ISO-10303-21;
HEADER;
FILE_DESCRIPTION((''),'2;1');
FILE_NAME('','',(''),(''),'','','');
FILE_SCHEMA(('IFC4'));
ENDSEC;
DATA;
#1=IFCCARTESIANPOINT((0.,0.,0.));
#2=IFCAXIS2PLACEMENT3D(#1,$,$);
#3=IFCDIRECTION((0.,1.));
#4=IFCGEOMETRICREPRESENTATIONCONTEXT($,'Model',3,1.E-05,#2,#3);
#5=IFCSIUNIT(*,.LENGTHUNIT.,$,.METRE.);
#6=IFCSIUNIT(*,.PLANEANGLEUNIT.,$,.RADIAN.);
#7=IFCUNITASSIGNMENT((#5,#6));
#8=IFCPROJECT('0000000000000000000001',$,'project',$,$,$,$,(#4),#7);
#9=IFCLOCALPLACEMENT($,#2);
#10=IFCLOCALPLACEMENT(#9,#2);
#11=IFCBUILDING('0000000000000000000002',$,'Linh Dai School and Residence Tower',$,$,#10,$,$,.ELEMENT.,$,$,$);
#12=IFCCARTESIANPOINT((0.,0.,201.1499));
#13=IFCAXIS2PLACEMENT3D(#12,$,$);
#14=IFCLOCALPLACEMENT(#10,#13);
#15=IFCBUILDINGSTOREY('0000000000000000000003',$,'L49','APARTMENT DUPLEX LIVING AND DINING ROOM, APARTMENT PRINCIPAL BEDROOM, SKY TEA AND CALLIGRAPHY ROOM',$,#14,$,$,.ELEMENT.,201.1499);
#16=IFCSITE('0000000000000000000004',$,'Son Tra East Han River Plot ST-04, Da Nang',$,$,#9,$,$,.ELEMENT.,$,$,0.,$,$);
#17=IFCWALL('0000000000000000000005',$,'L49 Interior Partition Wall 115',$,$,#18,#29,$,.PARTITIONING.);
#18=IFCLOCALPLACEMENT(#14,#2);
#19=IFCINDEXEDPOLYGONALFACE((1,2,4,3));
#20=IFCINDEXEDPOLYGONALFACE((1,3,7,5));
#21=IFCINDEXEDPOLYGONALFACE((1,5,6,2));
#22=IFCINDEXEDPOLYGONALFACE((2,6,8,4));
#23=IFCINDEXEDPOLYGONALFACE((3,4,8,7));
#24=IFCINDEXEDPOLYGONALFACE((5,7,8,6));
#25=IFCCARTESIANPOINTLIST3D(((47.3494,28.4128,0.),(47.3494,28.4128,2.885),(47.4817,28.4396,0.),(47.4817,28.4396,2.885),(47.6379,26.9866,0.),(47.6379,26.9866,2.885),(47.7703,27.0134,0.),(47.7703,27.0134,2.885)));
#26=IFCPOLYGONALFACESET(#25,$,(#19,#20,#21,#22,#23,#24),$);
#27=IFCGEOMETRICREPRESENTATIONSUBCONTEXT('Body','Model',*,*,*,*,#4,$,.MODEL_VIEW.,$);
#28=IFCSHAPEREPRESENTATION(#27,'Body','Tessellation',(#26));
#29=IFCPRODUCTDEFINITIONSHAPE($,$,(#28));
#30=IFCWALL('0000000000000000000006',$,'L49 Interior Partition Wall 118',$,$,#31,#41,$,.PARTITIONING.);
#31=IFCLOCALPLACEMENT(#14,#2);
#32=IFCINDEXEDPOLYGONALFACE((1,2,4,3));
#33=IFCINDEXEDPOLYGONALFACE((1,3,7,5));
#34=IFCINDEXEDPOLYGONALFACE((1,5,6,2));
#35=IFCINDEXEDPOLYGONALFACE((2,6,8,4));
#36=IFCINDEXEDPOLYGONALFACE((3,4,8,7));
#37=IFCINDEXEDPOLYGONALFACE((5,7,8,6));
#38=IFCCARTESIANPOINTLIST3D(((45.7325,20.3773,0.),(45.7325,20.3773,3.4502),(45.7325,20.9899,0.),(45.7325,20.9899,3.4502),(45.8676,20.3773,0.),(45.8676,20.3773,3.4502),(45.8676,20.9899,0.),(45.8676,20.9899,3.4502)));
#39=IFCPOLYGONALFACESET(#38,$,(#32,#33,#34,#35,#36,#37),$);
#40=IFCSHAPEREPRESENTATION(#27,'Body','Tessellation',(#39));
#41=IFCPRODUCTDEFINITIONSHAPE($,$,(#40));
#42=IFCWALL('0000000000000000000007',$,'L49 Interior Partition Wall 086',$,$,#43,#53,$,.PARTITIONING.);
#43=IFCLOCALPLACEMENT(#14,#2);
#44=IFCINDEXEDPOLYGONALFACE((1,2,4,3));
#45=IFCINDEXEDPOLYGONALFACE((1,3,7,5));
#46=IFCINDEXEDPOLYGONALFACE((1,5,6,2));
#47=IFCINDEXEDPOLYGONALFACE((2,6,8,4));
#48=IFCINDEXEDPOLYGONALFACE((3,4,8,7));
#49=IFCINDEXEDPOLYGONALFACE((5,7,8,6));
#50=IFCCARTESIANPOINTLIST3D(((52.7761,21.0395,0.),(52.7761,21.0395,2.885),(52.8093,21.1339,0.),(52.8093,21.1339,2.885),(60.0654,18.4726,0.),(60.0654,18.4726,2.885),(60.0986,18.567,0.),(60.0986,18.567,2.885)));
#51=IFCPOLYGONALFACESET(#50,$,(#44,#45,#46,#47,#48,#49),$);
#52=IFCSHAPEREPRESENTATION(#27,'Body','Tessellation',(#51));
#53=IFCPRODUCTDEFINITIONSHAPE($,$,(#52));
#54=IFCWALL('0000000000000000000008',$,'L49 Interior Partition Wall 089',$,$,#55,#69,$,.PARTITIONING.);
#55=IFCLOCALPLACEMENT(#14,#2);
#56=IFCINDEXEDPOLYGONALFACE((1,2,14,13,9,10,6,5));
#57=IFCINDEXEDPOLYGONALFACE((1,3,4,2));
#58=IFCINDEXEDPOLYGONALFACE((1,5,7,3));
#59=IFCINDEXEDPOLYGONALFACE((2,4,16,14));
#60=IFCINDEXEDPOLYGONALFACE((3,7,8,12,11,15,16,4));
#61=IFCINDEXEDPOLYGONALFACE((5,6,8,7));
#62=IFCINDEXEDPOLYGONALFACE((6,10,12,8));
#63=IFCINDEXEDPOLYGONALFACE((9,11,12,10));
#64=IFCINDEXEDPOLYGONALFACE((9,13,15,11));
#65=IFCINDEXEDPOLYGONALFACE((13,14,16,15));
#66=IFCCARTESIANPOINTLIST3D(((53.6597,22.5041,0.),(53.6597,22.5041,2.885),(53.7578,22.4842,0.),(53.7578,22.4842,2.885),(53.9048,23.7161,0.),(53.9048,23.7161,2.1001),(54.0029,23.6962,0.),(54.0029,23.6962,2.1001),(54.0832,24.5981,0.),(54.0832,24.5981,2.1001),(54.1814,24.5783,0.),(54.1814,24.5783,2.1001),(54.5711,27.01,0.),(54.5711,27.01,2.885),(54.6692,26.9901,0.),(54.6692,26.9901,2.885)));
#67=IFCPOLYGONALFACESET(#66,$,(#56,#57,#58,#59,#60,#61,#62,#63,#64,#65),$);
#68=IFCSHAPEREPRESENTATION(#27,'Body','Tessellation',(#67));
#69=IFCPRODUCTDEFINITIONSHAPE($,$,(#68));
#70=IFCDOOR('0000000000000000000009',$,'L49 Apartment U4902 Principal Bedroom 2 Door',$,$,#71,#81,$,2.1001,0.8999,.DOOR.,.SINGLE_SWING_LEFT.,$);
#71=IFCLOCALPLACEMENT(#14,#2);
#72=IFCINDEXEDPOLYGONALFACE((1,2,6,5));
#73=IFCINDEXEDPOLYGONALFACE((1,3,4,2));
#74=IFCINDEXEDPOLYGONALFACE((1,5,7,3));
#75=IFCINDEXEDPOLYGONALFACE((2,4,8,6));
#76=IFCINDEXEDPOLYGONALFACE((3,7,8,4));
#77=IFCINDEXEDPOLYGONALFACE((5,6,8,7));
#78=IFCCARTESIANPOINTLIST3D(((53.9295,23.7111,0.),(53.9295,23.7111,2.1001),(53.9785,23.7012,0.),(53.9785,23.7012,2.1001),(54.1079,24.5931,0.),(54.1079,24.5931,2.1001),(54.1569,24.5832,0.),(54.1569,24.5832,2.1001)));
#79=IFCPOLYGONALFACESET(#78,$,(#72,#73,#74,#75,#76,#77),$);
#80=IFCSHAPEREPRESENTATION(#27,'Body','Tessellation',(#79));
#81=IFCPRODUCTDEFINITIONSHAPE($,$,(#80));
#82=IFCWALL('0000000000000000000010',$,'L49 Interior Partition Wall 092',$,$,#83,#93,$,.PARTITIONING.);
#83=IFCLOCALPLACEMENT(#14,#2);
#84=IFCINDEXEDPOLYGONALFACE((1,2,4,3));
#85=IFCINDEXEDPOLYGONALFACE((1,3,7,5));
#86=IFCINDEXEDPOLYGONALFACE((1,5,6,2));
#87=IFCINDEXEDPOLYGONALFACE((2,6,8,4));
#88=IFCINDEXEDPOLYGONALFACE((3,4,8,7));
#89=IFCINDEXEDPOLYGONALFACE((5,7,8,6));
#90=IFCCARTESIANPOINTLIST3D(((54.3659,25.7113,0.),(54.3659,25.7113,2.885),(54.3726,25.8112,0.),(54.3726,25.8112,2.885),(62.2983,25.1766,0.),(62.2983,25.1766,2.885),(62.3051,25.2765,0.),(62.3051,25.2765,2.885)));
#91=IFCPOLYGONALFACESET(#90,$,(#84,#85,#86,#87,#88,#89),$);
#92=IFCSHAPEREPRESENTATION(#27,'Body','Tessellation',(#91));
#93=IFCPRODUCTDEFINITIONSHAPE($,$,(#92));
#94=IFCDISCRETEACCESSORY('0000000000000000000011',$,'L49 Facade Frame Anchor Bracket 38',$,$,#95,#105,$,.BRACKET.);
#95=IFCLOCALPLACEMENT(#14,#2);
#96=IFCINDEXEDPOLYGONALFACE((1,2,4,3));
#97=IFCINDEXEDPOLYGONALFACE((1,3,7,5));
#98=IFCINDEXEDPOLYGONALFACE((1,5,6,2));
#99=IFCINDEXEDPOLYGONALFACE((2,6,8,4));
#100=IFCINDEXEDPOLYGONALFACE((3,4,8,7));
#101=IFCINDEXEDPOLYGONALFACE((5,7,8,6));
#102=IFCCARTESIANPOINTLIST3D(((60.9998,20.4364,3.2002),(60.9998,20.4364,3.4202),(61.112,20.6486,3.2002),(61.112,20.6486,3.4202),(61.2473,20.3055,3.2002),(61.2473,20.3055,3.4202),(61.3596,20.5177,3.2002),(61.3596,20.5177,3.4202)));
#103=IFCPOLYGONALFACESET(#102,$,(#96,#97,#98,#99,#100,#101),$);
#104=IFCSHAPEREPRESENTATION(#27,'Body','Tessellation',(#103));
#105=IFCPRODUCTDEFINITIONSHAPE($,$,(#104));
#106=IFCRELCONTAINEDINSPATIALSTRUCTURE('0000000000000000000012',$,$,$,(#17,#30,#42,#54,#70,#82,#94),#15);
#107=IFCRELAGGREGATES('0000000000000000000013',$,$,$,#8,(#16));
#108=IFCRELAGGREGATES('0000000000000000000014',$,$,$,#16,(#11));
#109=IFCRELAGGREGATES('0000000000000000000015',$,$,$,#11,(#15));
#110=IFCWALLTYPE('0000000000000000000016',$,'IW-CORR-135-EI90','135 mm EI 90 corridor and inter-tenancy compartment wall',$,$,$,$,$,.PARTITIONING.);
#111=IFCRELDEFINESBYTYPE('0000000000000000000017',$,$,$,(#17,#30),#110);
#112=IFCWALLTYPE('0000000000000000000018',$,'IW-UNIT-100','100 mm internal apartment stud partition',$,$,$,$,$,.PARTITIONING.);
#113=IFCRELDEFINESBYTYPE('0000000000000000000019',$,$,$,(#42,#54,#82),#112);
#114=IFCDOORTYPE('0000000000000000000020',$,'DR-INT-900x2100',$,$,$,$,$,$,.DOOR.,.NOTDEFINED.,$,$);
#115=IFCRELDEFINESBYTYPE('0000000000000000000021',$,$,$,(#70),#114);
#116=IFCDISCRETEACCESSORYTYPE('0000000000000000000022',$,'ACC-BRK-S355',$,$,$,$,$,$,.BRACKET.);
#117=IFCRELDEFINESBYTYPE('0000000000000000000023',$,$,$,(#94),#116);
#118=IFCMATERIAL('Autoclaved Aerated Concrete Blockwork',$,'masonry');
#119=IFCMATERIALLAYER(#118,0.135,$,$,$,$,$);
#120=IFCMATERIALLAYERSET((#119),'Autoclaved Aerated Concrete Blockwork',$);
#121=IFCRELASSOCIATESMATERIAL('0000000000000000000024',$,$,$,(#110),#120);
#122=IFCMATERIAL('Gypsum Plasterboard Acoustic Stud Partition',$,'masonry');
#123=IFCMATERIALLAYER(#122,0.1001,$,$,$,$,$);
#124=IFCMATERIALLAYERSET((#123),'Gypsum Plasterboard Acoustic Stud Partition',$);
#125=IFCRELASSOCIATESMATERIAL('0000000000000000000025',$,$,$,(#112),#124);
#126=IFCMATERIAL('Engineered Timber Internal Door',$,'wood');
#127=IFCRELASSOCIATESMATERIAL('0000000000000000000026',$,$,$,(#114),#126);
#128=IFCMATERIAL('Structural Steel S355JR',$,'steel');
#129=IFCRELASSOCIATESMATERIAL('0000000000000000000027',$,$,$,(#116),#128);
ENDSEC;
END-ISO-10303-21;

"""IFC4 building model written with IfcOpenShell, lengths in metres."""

from ifc_helpers import new_model, si_unit, direction, frame, frame_2d, origin, origin_2d, place, context, subcontext, project, spatial, rectangle, extrude, source, transform, mapped, material, layer, layer_set, type_object, element, fill, save


model = new_model("IFC4")

# Units and contexts
model_context = context("Model", 3, precision=1e-05, world=origin(), true_north=direction((0.0, 1.0)))
body_context = subcontext(model_context, "Body", "Model", "MODEL_VIEW")
ifc_project = project(units=[si_unit("LENGTHUNIT", "METRE"), si_unit("PLANEANGLEUNIT", "RADIAN")], contexts=[model_context])

# Site, building, storey
site_placement = place(None, origin())
site = spatial("IfcSite", under=ifc_project, at=site_placement, Name="Son Tra East Han River Plot ST-04, Da Nang", CompositionType="ELEMENT", RefElevation=0.0)
building_placement = place(site_placement, origin())
building = spatial("IfcBuilding", under=site, at=building_placement, Name="Linh Dai School and Residence Tower", CompositionType="ELEMENT")
storey_placement = place(building_placement, frame((0.0, 0.0, 201.1499)))
storey = spatial("IfcBuildingStorey", under=building, at=storey_placement, Name="L49", Description="APARTMENT DUPLEX LIVING AND DINING ROOM, APARTMENT PRINCIPAL BEDROOM, SKY TEA AND CALLIGRAPHY ROOM", CompositionType="ELEMENT", Elevation=201.1499)

# Shared definitions
ifc_material_1 = material(Name="Structural Steel S355JR", Category="steel")

# Walls
ifc_material_2 = material(Name="Autoclaved Aerated Concrete Blockwork", Category="masonry")
ifc_layer_1 = layer(ifc_material_2, 0.135)
ifc_layer_set_1 = layer_set([ifc_layer_1], Name="Autoclaved Aerated Concrete Blockwork")
wall_type_1 = type_object("IfcWallType", Name="IW-CORR-135-EI90", Description="135 mm EI 90 corridor and inter-tenancy compartment wall", PredefinedType="PARTITIONING", material=ifc_layer_set_1)
wall_1_placement = place(storey_placement, frame((47.7041, 27.0, 0.0), z_axis=(0.0, 0.0, 1.0), x_axis=(-0.19831, 0.980139, 0.0)))
element("IfcWall", 1, at=wall_1_placement, inside=storey, type_object=wall_type_1, Name="L49 Interior Partition Wall 115", PredefinedType="PARTITIONING", context=body_context, shape_type="SweptSolid", body=[
    extrude(rectangle(XDim=1.4551, YDim=0.135, at=frame_2d((0.7275, 0.0))), origin(), (0.0, 0.0, 1.0), 2.885),
])
wall_2_placement = place(storey_placement, frame((45.8, 20.3774, 0.0), z_axis=(0.0, 0.0, 1.0), x_axis=(0.0, 1.0, 0.0)))
element("IfcWall", 2, at=wall_2_placement, inside=storey, type_object=wall_type_1, Name="L49 Interior Partition Wall 118", PredefinedType="PARTITIONING", context=body_context, shape_type="SweptSolid", body=[
    extrude(rectangle(XDim=0.6125, YDim=0.135, at=frame_2d((0.3062, 0.0))), origin(), (0.0, 0.0, 1.0), 3.4502),
])
ifc_material_3 = material(Name="Gypsum Plasterboard Acoustic Stud Partition", Category="masonry")
ifc_layer_2 = layer(ifc_material_3, 0.1001)
ifc_layer_set_2 = layer_set([ifc_layer_2], Name="Gypsum Plasterboard Acoustic Stud Partition")
wall_type_2 = type_object("IfcWallType", Name="IW-UNIT-100", Description="100 mm internal apartment stud partition", PredefinedType="PARTITIONING", material=ifc_layer_set_2)
wall_3_placement = place(storey_placement, frame((52.7927, 21.0867, 0.0), z_axis=(0.0, 0.0, 1.0), x_axis=(0.943226, -0.332152, 0.0)))
element("IfcWall", 3, at=wall_3_placement, inside=storey, type_object=wall_type_2, Name="L49 Interior Partition Wall 086", PredefinedType="PARTITIONING", context=body_context, shape_type="SweptSolid", body=[
    extrude(rectangle(XDim=7.728, YDim=0.1001, at=frame_2d((3.864, 0.0))), origin(), (0.0, 0.0, 1.0), 2.885),
])

# Wall, opening, door
wall_4_placement = place(storey_placement, frame((53.7087, 22.4941, 0.0), z_axis=(0.0, 0.0, 1.0), x_axis=(0.19825, 0.980151, 0.0)))
wall_4 = element("IfcWall", 4, at=wall_4_placement, inside=storey, type_object=wall_type_2, Name="L49 Interior Partition Wall 089", PredefinedType="PARTITIONING", context=body_context, shape_type="SweptSolid", body=[
    extrude(rectangle(XDim=4.5972, YDim=0.1001, at=frame_2d((2.2986, 0.0))), origin(), (0.0, 0.0, 1.0), 2.885),
])
opening_1_placement = place(wall_4_placement, frame((1.2366, 0.0, 0.0)))
opening_1 = element("IfcOpeningElement", 5, at=opening_1_placement, cuts=wall_4, PredefinedType="OPENING", context=body_context, shape_type="SweptSolid", body=[
    extrude(rectangle(XDim=0.8999, YDim=2.1001, at=origin_2d()), frame((0.45, 0.0601, 1.05), z_axis=(0.0, -1.0, 0.0), x_axis=(1.0, 0.0, 0.0)), (0.0, 0.0, 1.0), 0.1201),
])
ifc_material_4 = material(Name="Engineered Timber Internal Door", Category="wood")
door_type_1 = type_object("IfcDoorType", Name="DR-INT-900x2100", OperationType="NOTDEFINED", PredefinedType="DOOR", material=ifc_material_4)
shared_shape_1 = source(origin(), body_context, "Body", "SweptSolid", [
    extrude(rectangle(XDim=0.8999, YDim=2.1001, at=origin_2d()), frame((0.45, 0.0249, 1.05), z_axis=(0.0, -1.0, 0.0), x_axis=(1.0, 0.0, 0.0)), (0.0, 0.0, 1.0), 0.05),
])
door_1_placement = place(opening_1_placement, origin())
door_1 = element("IfcDoor", 6, at=door_1_placement, inside=storey, type_object=door_type_1, Name="L49 Apartment U4902 Principal Bedroom 2 Door", OperationType="SINGLE_SWING_LEFT", OverallHeight=2.1001, OverallWidth=0.8999, PredefinedType="DOOR", context=body_context, shape_type="MappedRepresentation", body=[
    mapped(shared_shape_1, transform((0.0, 0.0, 0.0), x_axis=(1.0, 0.0, 0.0), y_axis=(0.0, 1.0, 0.0), z_axis=(0.0, 0.0, 1.0), scale=1.0)),
])
fill(opening_1, door_1)

# Wall
wall_5_placement = place(storey_placement, frame((54.3694, 25.7612, 0.0), z_axis=(0.0, 0.0, 1.0), x_axis=(0.997736, -0.067251, 0.0)))
element("IfcWall", 7, at=wall_5_placement, inside=storey, type_object=wall_type_2, Name="L49 Interior Partition Wall 092", PredefinedType="PARTITIONING", context=body_context, shape_type="SweptSolid", body=[
    extrude(rectangle(XDim=7.9504, YDim=0.1001, at=frame_2d((3.9751, 0.0))), origin(), (0.0, 0.0, 1.0), 2.885),
])

# Discrete accessory
discrete_accessory_type = type_object("IfcDiscreteAccessoryType", Name="ACC-BRK-S355", PredefinedType="BRACKET", material=ifc_material_1)
shared_shape_2 = source(origin(), body_context, "Body", "SweptSolid", [
    extrude(rectangle(XDim=0.28, YDim=0.24, at=origin_2d()), origin(), (0.0, 0.0, 1.0), 0.22),
])
discrete_accessory_placement = place(storey_placement, frame((61.1797, 20.4771, 3.2002), z_axis=(0.0, 0.0, 1.0), x_axis=(0.883951, -0.46758, 0.0)))
element("IfcDiscreteAccessory", 8, at=discrete_accessory_placement, inside=storey, type_object=discrete_accessory_type, Name="L49 Facade Frame Anchor Bracket 38", PredefinedType="BRACKET", context=body_context, shape_type="MappedRepresentation", body=[
    mapped(shared_shape_2, transform((0.0, 0.0, 0.0), x_axis=(1.0, 0.0, 0.0), y_axis=(0.0, 1.0, 0.0), z_axis=(0.0, 0.0, 1.0), scale=1.0)),
])

save(model, "model.ifc")
